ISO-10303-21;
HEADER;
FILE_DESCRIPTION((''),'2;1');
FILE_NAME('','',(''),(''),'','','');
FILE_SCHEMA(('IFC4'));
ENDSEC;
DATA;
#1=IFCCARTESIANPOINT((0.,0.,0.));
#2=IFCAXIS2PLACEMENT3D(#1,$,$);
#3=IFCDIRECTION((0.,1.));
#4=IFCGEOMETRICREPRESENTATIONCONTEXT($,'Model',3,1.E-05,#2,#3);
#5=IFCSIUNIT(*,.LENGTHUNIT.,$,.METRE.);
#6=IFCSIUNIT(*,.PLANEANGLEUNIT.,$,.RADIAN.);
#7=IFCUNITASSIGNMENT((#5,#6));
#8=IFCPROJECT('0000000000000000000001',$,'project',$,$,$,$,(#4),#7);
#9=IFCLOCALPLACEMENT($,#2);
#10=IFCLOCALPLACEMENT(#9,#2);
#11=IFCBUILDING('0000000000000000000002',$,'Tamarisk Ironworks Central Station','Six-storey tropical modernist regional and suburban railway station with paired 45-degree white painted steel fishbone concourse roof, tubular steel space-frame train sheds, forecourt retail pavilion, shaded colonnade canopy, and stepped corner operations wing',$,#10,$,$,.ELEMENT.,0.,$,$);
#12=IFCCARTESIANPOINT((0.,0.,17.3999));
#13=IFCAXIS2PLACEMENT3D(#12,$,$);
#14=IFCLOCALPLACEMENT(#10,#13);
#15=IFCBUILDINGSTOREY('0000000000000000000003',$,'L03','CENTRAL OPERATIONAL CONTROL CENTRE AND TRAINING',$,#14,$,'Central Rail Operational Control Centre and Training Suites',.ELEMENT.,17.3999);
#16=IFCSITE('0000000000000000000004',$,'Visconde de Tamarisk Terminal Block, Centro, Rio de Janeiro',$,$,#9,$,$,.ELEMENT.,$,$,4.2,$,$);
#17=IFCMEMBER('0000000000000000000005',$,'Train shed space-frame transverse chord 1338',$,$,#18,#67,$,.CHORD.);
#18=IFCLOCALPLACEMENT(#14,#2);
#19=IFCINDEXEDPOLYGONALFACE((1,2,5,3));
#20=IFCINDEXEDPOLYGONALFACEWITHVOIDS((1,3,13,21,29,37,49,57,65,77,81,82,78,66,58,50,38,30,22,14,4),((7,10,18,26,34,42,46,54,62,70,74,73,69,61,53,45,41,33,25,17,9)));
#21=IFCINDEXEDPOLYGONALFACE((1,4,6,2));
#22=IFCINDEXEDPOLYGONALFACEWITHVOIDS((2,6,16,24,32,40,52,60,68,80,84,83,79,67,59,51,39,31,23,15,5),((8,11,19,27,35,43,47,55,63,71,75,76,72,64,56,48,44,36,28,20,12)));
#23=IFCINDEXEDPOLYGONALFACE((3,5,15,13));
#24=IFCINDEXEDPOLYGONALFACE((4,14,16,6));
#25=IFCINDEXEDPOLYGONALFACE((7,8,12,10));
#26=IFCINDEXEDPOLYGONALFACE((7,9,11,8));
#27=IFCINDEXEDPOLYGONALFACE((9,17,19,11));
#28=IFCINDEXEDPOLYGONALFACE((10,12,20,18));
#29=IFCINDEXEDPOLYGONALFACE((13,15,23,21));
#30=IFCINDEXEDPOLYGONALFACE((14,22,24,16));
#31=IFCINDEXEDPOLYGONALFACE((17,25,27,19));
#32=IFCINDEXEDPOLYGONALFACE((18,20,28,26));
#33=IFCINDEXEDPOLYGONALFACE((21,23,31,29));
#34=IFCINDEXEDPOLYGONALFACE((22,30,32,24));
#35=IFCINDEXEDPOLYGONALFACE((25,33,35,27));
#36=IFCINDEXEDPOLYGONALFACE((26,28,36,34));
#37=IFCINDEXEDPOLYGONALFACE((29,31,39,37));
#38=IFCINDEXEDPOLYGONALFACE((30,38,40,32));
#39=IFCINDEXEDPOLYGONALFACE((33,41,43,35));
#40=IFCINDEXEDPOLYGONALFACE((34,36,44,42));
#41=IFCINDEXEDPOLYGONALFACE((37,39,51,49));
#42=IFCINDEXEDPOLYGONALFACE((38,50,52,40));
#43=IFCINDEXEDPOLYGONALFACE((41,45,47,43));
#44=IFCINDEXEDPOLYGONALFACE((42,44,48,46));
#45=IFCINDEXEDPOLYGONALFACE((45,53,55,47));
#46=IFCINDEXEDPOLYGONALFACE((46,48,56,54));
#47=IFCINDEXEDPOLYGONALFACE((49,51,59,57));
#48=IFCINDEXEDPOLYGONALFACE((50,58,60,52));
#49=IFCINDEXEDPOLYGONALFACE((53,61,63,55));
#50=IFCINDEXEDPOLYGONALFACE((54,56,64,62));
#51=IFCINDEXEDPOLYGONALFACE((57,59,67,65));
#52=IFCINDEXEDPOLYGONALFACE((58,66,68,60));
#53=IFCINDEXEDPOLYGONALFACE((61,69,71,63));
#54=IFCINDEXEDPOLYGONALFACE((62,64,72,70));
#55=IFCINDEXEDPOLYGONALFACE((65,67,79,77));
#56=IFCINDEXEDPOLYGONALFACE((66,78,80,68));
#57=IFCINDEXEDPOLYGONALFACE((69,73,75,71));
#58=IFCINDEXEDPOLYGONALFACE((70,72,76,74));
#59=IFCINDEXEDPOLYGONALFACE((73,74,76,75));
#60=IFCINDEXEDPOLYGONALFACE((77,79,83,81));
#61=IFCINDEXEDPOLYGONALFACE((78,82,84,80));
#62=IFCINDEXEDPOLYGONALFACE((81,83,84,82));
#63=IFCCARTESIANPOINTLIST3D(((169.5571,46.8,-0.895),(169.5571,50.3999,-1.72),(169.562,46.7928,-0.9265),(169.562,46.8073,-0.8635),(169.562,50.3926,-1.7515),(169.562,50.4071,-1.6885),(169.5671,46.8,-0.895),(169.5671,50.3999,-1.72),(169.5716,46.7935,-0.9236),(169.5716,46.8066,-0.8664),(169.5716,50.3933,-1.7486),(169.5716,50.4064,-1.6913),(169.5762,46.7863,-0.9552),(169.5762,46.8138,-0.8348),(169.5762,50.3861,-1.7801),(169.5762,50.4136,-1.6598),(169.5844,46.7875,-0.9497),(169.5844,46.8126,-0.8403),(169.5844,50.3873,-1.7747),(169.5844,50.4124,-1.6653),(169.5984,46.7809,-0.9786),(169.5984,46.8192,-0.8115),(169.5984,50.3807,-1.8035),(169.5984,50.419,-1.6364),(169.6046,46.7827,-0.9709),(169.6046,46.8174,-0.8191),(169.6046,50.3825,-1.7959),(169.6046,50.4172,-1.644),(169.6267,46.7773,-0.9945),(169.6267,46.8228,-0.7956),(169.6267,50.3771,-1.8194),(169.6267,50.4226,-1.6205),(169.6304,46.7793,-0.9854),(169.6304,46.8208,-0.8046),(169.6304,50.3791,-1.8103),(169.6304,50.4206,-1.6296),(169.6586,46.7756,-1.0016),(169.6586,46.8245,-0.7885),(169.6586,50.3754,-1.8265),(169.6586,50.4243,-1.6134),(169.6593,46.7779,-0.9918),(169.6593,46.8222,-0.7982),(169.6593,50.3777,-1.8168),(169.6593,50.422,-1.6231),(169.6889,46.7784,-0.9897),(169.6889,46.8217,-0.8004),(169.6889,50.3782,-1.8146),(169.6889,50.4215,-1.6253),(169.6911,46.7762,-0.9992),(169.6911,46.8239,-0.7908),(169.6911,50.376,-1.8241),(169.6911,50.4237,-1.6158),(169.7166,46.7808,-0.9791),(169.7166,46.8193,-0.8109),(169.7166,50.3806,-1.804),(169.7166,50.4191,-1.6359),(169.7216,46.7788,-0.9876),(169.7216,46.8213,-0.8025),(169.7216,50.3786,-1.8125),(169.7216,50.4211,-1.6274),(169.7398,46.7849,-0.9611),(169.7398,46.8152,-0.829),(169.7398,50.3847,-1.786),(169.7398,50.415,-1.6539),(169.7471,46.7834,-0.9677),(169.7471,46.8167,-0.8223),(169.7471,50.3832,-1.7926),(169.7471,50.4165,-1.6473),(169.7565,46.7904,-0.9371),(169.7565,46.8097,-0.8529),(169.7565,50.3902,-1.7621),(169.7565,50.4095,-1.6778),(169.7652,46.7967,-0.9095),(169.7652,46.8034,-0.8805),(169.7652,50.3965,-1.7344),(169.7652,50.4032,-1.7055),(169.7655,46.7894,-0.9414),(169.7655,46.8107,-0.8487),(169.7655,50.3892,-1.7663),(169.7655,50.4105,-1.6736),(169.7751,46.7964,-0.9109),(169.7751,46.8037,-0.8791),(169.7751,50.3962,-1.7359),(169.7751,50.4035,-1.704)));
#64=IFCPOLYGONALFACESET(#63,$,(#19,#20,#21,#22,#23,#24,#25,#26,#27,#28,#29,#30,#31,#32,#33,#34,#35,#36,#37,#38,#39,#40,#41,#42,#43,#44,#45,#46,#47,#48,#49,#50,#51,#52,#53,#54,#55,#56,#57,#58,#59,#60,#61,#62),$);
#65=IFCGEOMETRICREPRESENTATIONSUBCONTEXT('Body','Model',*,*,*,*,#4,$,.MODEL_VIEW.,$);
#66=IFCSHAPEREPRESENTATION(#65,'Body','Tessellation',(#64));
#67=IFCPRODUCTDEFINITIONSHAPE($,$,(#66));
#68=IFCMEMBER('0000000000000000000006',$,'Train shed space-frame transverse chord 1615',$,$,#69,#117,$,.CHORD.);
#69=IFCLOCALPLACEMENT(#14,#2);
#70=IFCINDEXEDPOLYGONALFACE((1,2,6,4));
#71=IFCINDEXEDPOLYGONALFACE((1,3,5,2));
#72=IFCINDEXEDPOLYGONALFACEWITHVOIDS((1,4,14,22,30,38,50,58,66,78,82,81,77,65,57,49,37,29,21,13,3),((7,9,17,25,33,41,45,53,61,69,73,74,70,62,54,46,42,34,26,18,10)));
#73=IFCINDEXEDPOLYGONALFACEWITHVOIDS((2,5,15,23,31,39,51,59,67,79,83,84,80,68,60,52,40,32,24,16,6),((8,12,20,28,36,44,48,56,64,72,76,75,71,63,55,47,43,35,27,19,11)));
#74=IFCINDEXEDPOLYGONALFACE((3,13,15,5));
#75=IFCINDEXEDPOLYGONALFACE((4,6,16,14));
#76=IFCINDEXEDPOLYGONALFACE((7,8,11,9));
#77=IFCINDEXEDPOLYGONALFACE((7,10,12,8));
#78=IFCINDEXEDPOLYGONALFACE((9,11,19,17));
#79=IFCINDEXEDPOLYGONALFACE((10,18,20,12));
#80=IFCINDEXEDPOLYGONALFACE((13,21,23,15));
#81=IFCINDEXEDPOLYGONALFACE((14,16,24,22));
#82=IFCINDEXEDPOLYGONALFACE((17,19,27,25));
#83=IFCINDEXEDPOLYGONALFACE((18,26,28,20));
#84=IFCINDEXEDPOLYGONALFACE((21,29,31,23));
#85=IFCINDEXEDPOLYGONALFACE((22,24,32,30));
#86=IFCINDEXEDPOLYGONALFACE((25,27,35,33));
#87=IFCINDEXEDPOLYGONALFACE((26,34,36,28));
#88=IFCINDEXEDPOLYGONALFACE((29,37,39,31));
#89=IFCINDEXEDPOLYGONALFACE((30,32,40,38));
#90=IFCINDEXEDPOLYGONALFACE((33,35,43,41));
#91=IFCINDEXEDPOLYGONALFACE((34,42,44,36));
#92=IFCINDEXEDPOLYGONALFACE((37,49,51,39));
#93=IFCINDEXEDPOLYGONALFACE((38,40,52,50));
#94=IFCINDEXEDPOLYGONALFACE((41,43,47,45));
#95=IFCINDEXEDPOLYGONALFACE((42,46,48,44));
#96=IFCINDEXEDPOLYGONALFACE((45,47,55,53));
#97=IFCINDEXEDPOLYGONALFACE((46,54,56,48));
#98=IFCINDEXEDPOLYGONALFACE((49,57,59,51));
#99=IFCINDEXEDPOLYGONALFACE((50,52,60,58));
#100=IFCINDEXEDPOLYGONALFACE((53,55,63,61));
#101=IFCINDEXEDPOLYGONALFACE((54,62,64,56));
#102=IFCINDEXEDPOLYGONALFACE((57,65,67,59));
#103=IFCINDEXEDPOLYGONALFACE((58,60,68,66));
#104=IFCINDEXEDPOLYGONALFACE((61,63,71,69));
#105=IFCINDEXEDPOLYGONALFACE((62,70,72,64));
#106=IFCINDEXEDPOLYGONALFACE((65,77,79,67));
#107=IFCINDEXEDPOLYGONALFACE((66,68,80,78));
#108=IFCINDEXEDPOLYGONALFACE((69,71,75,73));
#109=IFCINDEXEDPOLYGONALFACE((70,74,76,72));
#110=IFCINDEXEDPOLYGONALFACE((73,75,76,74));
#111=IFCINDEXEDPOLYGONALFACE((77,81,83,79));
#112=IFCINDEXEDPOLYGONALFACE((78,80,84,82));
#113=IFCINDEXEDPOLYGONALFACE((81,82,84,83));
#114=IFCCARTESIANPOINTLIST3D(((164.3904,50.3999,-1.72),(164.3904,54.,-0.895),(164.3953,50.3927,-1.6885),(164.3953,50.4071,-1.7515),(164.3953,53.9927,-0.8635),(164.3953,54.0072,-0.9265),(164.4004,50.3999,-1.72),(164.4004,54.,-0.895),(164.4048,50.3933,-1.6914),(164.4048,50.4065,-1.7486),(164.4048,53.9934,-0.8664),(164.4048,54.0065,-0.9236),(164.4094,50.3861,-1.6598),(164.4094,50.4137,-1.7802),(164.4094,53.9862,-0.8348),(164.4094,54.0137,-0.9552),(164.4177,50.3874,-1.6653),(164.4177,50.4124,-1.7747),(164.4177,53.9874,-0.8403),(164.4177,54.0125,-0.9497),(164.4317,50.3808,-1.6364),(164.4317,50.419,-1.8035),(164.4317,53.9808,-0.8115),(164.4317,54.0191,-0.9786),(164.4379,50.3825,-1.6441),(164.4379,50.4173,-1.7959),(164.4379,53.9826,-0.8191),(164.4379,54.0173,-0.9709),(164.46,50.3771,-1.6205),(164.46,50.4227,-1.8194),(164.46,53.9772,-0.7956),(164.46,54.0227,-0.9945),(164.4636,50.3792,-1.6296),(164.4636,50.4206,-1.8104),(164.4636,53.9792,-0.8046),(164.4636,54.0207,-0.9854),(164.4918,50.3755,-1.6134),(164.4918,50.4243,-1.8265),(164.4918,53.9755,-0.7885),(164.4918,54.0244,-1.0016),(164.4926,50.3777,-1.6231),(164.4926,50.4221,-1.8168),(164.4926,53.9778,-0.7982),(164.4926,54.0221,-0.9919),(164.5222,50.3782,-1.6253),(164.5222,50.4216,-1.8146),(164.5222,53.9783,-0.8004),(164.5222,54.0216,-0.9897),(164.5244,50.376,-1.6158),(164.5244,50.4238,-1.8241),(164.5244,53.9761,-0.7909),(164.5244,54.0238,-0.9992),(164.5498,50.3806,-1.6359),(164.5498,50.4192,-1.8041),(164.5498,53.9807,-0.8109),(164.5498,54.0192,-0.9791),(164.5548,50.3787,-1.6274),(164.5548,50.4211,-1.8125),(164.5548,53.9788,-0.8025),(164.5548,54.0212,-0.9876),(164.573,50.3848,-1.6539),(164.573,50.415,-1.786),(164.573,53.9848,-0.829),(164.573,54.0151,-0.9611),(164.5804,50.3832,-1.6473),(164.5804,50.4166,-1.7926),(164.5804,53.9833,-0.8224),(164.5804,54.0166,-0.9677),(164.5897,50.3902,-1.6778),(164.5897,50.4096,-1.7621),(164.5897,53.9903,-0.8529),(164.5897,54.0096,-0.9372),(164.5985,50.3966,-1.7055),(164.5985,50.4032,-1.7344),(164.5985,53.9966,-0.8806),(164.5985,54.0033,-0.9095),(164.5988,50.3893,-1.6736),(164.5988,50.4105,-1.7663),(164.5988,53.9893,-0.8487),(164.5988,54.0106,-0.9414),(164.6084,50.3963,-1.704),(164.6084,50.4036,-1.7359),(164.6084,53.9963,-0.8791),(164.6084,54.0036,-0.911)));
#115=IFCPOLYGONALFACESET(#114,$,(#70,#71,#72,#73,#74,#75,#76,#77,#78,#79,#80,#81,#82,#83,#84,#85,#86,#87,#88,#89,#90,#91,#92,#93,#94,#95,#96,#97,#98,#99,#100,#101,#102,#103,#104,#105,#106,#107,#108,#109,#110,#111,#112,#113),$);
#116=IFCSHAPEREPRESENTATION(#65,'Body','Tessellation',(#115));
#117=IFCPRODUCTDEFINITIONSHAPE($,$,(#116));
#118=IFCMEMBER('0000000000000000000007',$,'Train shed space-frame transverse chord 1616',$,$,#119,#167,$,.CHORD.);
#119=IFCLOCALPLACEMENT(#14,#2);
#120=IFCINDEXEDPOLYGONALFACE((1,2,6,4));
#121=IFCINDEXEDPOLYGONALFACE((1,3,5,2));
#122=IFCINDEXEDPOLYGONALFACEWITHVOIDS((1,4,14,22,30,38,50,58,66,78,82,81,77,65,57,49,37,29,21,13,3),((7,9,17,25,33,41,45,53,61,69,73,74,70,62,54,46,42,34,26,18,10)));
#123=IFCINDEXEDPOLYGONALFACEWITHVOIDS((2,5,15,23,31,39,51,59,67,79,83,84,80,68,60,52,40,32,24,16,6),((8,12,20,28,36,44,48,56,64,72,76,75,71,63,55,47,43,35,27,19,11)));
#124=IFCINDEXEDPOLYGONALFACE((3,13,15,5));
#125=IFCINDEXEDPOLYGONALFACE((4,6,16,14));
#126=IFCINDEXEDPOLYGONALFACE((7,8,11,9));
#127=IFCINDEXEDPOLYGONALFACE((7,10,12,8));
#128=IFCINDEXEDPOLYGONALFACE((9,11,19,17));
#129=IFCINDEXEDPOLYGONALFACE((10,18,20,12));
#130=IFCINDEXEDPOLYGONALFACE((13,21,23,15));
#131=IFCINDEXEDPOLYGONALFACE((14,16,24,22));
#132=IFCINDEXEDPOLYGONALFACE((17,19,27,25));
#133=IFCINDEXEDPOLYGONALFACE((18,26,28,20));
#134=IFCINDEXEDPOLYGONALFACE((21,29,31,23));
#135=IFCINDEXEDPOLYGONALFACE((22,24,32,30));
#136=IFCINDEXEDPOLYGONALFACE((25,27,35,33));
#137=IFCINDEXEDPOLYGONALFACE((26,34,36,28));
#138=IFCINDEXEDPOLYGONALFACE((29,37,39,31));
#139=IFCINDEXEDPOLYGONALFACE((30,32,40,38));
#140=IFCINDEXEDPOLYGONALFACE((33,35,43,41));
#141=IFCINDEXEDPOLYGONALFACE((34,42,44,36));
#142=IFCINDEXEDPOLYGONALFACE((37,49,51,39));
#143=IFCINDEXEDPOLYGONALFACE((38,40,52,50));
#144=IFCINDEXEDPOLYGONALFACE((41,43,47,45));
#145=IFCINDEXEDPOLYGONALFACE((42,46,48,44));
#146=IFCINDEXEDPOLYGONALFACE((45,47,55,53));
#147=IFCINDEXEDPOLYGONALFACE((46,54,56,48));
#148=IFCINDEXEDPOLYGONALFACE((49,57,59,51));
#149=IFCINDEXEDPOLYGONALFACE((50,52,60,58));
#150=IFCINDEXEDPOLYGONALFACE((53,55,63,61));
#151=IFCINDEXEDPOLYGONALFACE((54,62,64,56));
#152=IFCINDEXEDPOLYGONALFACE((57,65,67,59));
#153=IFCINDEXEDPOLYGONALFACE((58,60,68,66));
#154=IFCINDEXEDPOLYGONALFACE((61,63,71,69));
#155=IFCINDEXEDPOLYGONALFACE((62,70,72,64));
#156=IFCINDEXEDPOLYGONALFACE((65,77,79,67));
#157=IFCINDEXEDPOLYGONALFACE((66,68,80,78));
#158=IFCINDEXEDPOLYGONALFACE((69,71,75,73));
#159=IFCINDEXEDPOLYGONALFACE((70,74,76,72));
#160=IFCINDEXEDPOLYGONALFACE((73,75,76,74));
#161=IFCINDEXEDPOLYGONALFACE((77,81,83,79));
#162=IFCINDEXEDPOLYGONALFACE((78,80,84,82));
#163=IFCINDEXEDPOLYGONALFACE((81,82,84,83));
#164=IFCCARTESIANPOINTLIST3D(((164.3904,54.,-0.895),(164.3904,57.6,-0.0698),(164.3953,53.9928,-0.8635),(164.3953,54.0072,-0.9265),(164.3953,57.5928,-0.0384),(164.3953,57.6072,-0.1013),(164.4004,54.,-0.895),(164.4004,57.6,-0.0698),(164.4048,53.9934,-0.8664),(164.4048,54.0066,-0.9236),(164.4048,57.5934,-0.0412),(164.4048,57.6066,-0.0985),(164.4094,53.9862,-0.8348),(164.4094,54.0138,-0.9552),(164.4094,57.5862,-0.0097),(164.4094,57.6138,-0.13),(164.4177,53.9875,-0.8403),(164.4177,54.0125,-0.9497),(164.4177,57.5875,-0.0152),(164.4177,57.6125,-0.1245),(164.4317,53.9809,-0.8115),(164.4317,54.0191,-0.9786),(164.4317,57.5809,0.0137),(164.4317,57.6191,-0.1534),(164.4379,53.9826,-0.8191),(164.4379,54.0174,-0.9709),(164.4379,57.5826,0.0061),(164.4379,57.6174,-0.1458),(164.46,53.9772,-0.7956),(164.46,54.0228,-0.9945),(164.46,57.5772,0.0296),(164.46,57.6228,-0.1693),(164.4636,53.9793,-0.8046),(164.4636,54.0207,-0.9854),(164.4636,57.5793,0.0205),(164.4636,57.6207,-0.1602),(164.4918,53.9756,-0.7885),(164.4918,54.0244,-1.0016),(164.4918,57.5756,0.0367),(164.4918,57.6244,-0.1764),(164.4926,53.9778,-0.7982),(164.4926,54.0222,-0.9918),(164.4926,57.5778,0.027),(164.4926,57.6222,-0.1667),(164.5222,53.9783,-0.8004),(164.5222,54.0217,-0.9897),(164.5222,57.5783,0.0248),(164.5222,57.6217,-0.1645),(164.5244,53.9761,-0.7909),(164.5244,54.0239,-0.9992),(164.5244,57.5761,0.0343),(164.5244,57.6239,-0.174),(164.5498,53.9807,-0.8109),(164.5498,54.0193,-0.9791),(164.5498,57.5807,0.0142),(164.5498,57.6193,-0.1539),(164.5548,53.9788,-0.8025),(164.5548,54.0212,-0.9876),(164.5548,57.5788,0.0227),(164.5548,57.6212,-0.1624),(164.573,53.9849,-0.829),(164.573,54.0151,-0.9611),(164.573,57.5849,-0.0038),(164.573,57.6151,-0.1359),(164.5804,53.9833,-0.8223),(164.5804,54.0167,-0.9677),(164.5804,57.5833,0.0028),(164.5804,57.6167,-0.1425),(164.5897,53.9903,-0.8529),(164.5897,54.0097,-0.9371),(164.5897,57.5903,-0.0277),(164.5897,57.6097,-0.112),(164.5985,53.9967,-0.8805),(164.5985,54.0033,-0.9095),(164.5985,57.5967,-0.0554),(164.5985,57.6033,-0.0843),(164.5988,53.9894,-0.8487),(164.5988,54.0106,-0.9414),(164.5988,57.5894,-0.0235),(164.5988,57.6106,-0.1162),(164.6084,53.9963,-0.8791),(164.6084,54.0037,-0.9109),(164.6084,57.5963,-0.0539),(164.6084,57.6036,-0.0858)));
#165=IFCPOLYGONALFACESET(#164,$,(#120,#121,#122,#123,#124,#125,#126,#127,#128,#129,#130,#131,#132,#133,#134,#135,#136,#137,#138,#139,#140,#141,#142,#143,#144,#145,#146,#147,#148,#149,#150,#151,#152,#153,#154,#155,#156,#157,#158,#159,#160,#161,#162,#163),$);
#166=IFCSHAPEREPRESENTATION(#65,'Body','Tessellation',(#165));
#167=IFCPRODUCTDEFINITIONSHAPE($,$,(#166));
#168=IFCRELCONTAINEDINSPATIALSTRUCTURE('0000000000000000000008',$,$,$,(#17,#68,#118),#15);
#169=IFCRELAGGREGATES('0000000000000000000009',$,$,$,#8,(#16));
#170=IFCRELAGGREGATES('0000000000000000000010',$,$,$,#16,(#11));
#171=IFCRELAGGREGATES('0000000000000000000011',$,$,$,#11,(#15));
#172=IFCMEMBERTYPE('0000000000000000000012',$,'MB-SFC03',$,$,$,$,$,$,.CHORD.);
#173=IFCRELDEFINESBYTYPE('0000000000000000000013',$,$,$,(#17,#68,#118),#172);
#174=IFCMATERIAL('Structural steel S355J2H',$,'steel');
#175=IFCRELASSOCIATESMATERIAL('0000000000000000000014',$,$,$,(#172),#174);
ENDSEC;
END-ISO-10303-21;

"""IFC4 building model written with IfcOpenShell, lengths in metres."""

from ifc_helpers import new_model, si_unit, direction, frame, origin, origin_2d, place, context, subcontext, project, spatial, hollow_circle, extrude, material, material_profile, profile_set, type_object, element, save


model = new_model("IFC4")

# Units and contexts
model_context = context("Model", 3, precision=1e-05, world=origin(), true_north=direction((0.0, 1.0)))
body_context = subcontext(model_context, "Body", "Model", "MODEL_VIEW")
ifc_project = project(units=[si_unit("LENGTHUNIT", "METRE"), si_unit("PLANEANGLEUNIT", "RADIAN")], contexts=[model_context])

# Site, building, storey
site_placement = place(None, origin())
site = spatial("IfcSite", under=ifc_project, at=site_placement, Name="Visconde de Tamarisk Terminal Block, Centro, Rio de Janeiro", CompositionType="ELEMENT", RefElevation=4.2)
building_placement = place(site_placement, origin())
building = spatial("IfcBuilding", under=site, at=building_placement, Name="Tamarisk Ironworks Central Station", Description="Six-storey tropical modernist regional and suburban railway station with paired 45-degree white painted steel fishbone concourse roof, tubular steel space-frame train sheds, forecourt retail pavilion, shaded colonnade canopy, and stepped corner operations wing", CompositionType="ELEMENT", ElevationOfRefHeight=0.0)
storey_placement = place(building_placement, frame((0.0, 0.0, 17.3999)))
storey = spatial("IfcBuildingStorey", under=building, at=storey_placement, Name="L03", Description="CENTRAL OPERATIONAL CONTROL CENTRE AND TRAINING", LongName="Central Rail Operational Control Centre and Training Suites", CompositionType="ELEMENT", Elevation=17.3999)

# Members
ifc_material_1 = material(Name="Structural steel S355J2H", Category="steel")
ifc_material_profile_1 = material_profile(ifc_material_1, hollow_circle(Radius=0.1096, WallThickness=0.01, at=origin_2d()), Name="CHS 219.1x10")
ifc_profile_set_1 = profile_set([ifc_material_profile_1], Name="Structural steel S355J2H")
member_type_1 = type_object("IfcMemberType", Name="MB-SFC03", PredefinedType="CHORD", material=ifc_profile_set_1)
member_1_placement = place(storey_placement, frame((169.6667, 46.8, -0.895), z_axis=(0.0, 0.974733, -0.223372), x_axis=(-1.0, 0.0, 0.0)))
element("IfcMember", 1, at=member_1_placement, inside=storey, type_object=member_type_1, Name="Train shed space-frame transverse chord 1338", PredefinedType="CHORD", context=body_context, shape_type="SweptSolid", body=[
    extrude(hollow_circle(Radius=0.1096, WallThickness=0.01, at=origin_2d()), origin(), (0.0, 0.0, 1.0), 3.6931),
])
for number, where, z_axis, x_axis, name in (
    (2, (164.5, 50.3999, -1.72), (0.0, 0.974737, 0.223358), (-1.0, 0.0, 0.0), "Train shed space-frame transverse chord 1615"),
    (3, (164.5, 54.0, -0.895), (0.0, 0.974722, 0.223421), (-1.0, 0.0, 0.0), "Train shed space-frame transverse chord 1616"),
):
    element("IfcMember", number, at=place(storey_placement, frame(where, z_axis=z_axis, x_axis=x_axis)), inside=storey, type_object=member_type_1, Name=name, PredefinedType="CHORD", context=body_context, shape_type="SweptSolid", body=[
        extrude(hollow_circle(Radius=0.1096, WallThickness=0.01, at=origin_2d()), origin(), (0.0, 0.0, 1.0), 3.6934),
    ])

save(model, "model.ifc")
